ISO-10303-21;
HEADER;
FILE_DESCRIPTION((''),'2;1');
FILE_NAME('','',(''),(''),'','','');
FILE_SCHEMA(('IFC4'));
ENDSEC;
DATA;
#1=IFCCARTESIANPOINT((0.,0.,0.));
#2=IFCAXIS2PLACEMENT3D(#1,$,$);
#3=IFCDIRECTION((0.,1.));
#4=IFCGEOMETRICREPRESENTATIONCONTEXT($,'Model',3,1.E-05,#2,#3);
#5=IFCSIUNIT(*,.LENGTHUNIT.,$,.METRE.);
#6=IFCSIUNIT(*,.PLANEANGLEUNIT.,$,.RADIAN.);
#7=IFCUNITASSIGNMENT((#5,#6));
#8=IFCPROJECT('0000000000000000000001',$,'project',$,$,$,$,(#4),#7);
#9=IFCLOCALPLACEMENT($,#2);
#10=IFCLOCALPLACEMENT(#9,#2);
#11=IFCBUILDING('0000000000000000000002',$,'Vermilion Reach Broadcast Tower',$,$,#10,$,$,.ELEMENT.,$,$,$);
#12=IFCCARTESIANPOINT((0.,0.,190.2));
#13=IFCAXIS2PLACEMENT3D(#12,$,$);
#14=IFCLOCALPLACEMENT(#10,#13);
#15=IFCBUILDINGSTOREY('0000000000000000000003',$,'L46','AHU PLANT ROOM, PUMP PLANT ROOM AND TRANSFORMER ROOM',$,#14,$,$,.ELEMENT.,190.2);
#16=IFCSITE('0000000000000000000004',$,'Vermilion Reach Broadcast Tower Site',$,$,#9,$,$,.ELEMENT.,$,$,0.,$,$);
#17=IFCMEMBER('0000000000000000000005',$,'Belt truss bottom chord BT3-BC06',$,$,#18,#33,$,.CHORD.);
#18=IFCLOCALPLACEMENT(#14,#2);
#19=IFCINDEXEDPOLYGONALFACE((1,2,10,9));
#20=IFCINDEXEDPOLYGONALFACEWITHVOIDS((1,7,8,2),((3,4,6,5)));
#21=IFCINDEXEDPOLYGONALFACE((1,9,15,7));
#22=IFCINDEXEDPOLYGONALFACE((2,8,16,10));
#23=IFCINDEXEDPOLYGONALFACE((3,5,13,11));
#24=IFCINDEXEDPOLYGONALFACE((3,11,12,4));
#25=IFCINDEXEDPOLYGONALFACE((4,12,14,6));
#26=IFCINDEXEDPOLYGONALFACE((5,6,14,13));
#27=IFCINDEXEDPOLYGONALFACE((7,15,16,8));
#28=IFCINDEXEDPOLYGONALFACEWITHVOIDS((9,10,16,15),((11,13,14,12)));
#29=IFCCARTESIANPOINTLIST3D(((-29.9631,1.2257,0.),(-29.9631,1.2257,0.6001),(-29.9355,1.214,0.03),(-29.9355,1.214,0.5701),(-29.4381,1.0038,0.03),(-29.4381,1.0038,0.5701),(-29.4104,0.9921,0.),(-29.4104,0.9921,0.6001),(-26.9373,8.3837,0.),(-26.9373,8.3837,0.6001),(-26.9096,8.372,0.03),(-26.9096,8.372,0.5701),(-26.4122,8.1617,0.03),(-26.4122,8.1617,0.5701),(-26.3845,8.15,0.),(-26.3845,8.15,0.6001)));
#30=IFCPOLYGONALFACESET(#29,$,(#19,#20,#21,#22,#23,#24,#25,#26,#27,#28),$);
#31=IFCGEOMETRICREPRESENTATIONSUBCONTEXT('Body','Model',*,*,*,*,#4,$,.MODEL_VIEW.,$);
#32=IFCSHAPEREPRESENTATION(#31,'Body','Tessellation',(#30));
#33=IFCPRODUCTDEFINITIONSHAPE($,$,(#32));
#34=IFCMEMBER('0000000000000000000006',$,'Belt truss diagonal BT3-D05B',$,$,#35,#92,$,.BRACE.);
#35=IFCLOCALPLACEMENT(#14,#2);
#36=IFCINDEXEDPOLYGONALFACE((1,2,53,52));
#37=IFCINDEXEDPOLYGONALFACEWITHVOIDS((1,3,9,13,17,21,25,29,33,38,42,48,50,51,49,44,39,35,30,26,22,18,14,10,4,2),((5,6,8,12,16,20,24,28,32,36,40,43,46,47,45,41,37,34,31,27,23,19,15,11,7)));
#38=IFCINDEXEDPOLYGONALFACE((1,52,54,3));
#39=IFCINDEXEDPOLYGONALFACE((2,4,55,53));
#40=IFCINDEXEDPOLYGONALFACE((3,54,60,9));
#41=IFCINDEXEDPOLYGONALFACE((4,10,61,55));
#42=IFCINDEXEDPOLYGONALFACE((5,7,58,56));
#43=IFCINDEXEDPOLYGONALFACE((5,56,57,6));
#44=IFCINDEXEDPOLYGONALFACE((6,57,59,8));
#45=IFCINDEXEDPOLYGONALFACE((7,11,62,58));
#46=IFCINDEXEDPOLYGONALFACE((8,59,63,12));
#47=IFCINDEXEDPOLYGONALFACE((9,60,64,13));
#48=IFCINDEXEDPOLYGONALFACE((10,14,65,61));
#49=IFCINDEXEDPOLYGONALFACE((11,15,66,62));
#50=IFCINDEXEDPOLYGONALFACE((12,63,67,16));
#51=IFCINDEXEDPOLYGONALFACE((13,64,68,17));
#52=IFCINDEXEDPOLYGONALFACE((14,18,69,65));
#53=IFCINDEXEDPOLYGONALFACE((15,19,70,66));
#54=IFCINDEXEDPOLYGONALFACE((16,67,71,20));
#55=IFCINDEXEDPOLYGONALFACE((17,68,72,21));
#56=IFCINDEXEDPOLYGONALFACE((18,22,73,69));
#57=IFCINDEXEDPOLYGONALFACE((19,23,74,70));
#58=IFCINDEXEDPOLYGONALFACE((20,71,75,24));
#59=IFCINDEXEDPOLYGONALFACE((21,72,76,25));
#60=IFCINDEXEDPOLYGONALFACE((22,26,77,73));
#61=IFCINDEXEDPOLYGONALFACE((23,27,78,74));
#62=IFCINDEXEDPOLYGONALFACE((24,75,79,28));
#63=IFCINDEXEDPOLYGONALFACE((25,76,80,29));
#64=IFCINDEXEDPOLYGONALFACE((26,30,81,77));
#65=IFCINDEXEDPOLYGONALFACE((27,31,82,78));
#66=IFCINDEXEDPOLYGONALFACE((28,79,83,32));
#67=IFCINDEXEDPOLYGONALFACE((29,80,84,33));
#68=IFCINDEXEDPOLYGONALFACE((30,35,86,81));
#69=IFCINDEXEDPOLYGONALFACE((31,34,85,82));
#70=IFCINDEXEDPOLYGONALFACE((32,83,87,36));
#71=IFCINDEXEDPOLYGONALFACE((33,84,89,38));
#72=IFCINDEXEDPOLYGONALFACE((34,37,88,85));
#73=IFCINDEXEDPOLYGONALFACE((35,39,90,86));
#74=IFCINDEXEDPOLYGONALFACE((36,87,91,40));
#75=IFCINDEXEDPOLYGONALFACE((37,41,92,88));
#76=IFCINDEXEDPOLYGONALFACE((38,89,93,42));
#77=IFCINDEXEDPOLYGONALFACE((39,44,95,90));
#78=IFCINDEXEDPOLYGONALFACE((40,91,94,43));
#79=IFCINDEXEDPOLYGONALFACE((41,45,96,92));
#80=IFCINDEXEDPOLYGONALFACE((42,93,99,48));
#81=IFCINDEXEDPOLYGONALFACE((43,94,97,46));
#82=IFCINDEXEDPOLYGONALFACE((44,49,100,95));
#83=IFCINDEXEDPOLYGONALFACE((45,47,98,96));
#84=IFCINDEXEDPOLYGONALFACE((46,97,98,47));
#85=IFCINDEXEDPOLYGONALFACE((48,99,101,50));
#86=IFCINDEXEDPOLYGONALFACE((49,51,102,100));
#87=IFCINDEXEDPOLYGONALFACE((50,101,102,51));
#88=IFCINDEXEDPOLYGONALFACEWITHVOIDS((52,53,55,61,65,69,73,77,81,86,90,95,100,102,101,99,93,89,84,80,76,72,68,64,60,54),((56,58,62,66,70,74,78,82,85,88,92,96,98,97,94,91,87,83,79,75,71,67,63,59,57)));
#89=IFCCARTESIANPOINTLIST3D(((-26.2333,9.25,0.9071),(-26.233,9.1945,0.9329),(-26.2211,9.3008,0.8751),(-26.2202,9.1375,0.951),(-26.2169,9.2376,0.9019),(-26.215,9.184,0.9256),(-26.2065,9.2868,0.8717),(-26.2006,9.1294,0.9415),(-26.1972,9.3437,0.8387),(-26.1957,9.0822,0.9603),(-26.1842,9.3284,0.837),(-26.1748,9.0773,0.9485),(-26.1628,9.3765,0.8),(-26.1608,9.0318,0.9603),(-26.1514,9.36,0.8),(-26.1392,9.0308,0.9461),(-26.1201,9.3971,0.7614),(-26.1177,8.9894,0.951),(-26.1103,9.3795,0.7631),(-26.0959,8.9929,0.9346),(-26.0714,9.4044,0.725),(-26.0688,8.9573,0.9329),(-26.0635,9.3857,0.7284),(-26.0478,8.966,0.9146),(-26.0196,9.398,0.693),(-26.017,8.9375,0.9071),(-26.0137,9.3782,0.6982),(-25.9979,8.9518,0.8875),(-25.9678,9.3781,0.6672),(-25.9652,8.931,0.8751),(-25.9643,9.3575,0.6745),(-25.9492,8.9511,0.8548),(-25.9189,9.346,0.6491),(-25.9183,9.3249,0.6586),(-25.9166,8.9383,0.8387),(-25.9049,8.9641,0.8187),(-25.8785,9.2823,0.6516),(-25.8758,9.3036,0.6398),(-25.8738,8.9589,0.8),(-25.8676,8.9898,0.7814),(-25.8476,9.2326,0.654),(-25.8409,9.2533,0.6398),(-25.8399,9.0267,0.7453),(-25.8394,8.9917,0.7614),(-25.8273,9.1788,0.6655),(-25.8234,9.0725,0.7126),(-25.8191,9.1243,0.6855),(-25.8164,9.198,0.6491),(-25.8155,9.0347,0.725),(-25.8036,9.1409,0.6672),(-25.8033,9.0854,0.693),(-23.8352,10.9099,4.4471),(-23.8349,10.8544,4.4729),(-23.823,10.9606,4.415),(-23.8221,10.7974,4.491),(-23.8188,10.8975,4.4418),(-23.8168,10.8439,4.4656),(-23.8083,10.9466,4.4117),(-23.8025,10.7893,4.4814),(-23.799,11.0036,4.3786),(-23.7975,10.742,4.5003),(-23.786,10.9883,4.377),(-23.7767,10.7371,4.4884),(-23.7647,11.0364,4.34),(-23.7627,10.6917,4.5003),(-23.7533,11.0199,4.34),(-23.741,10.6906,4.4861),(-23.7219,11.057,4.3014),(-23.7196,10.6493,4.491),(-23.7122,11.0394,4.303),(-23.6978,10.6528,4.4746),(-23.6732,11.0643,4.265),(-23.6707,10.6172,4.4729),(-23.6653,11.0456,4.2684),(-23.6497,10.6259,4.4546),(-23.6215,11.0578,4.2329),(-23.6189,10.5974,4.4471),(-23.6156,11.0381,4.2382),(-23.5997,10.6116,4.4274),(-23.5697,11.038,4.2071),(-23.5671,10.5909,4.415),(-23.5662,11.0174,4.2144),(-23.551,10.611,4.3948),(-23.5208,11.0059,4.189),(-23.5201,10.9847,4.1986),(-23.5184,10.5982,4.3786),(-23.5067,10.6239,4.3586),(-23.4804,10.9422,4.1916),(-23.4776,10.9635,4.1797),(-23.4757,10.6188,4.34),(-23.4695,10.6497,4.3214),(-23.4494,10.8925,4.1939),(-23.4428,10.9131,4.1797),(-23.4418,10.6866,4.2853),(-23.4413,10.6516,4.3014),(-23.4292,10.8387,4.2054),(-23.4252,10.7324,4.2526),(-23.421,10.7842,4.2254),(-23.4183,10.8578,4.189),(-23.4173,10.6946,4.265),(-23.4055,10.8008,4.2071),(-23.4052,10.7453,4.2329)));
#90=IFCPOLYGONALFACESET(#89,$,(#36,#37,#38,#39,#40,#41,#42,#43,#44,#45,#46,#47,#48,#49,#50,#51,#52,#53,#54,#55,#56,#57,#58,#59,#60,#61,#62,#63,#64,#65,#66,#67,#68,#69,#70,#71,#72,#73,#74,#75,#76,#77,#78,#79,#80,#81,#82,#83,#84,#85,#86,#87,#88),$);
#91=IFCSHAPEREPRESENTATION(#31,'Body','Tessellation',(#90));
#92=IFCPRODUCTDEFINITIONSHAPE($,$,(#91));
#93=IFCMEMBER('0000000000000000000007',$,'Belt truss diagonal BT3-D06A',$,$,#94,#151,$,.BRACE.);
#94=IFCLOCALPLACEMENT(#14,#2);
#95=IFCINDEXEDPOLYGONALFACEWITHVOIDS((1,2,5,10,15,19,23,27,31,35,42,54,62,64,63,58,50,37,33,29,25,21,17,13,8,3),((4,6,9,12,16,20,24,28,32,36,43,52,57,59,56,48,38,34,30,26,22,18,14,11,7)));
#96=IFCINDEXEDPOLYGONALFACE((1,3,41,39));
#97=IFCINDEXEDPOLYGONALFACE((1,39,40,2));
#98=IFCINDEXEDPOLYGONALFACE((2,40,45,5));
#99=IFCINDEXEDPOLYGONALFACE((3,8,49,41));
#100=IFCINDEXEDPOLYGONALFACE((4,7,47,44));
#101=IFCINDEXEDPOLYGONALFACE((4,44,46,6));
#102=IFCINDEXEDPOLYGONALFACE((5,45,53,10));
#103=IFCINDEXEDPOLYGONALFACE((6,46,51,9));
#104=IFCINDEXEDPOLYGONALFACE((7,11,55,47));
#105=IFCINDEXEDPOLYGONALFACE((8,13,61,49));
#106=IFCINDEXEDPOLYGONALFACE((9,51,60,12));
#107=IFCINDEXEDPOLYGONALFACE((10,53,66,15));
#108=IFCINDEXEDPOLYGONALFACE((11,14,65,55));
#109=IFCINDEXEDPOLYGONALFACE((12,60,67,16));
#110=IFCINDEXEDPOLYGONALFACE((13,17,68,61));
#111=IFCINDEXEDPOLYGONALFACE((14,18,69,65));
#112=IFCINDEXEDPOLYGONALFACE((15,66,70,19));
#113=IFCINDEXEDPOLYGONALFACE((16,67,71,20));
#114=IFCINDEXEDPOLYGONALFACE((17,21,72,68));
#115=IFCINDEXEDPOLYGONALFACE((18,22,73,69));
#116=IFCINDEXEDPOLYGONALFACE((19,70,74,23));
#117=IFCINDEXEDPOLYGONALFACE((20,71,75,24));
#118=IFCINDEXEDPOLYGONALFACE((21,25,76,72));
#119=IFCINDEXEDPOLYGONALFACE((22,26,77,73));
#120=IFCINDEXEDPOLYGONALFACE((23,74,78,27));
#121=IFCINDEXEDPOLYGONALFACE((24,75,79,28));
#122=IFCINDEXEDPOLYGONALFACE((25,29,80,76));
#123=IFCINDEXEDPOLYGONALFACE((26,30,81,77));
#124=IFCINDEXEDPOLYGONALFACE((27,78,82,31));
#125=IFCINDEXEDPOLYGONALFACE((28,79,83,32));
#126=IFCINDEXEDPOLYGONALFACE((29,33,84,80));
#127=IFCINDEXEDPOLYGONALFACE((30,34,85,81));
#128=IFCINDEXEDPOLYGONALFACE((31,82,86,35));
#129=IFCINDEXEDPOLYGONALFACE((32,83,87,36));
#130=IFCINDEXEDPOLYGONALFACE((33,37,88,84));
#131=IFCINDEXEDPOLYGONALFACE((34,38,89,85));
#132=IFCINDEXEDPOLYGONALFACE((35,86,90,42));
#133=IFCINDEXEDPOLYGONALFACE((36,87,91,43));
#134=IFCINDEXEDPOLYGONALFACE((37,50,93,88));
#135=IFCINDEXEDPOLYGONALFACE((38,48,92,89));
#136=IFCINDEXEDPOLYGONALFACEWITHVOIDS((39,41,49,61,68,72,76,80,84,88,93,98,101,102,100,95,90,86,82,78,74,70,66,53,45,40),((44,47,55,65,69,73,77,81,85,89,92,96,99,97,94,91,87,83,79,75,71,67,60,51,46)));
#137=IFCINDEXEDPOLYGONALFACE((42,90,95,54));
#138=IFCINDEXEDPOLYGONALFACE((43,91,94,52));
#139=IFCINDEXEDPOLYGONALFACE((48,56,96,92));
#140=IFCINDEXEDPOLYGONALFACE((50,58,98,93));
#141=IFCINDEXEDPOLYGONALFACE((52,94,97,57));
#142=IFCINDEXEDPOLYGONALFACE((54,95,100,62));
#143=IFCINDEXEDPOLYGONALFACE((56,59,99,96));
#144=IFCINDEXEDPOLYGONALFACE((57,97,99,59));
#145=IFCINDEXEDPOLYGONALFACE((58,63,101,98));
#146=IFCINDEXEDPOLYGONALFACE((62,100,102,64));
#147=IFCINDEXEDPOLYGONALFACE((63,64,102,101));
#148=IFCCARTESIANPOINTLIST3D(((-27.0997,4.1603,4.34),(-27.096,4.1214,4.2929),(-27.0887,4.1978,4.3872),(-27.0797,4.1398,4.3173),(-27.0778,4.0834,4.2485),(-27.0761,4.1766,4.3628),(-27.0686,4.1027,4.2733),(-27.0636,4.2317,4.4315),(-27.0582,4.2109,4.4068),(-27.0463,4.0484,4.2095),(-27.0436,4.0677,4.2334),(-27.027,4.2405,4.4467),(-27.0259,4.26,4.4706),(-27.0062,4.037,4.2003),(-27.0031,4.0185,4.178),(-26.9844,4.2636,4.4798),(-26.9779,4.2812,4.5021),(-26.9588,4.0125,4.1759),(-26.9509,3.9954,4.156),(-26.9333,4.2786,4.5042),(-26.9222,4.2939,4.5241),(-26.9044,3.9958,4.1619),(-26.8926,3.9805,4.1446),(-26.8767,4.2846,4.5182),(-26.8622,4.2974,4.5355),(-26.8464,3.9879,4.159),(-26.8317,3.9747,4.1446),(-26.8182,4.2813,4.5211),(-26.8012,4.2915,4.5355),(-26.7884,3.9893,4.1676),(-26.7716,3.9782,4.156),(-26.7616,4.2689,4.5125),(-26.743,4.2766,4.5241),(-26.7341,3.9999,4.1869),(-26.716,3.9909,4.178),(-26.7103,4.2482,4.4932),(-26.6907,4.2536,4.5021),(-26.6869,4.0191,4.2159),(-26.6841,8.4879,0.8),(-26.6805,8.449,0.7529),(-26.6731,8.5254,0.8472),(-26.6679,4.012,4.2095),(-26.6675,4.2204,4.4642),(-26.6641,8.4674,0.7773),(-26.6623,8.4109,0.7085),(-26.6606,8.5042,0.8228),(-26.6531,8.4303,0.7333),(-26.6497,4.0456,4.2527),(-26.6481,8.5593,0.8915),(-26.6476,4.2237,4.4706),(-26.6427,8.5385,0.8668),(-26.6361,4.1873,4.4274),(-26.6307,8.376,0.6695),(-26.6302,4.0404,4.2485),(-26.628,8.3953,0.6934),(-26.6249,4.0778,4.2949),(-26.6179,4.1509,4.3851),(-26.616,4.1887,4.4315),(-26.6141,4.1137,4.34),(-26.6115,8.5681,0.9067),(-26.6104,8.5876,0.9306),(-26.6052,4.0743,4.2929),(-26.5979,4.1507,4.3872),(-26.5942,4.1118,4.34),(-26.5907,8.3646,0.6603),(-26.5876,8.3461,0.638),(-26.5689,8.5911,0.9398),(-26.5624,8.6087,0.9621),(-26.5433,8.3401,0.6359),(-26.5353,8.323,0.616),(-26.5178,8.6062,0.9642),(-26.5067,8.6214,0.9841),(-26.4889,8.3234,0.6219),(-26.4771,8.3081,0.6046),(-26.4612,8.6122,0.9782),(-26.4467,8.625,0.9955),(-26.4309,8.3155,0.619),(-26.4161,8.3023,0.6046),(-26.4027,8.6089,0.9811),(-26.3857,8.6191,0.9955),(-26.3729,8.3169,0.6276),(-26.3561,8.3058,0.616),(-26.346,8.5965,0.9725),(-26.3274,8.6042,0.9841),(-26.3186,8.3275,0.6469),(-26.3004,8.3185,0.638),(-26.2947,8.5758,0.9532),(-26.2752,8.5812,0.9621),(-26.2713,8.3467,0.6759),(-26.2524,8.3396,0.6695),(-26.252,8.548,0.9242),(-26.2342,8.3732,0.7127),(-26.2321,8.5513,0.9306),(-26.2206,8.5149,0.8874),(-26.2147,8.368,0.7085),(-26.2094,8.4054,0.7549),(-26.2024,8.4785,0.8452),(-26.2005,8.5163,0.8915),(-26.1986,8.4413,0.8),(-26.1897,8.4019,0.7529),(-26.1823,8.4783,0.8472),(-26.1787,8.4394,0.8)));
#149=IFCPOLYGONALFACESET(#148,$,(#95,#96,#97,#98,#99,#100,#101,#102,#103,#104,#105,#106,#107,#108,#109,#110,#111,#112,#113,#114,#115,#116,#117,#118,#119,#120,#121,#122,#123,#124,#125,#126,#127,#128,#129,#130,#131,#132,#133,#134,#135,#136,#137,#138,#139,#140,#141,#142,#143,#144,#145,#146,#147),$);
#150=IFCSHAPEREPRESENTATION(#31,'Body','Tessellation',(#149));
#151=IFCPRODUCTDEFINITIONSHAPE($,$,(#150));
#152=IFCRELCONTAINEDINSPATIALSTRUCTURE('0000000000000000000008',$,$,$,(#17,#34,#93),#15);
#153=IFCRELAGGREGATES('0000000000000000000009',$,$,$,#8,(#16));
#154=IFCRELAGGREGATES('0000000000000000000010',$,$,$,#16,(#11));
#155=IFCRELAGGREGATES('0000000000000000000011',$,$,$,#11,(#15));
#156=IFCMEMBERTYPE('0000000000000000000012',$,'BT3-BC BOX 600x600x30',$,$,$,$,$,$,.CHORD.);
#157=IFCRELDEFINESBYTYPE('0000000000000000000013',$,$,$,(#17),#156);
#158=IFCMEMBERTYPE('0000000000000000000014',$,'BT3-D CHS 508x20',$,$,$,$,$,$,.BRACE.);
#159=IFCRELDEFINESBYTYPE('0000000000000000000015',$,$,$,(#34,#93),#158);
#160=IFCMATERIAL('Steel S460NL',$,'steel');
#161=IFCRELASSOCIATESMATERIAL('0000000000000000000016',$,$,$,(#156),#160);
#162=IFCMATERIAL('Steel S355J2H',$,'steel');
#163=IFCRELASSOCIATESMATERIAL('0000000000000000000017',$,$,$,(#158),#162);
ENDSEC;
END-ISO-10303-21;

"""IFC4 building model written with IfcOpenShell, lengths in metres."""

from ifc_helpers import new_model, si_unit, direction, frame, origin, origin_2d, place, context, subcontext, project, spatial, hollow_rectangle, hollow_circle, extrude, material, material_profile, profile_set, type_object, element, save


model = new_model("IFC4")

# Units and contexts
model_context = context("Model", 3, precision=1e-05, world=origin(), true_north=direction((0.0, 1.0)))
body_context = subcontext(model_context, "Body", "Model", "MODEL_VIEW")
ifc_project = project(units=[si_unit("LENGTHUNIT", "METRE"), si_unit("PLANEANGLEUNIT", "RADIAN")], contexts=[model_context])

# Site, building, storey
site_placement = place(None, origin())
site = spatial("IfcSite", under=ifc_project, at=site_placement, Name="Vermilion Reach Broadcast Tower Site", CompositionType="ELEMENT", RefElevation=0.0)
building_placement = place(site_placement, origin())
building = spatial("IfcBuilding", under=site, at=building_placement, Name="Vermilion Reach Broadcast Tower", CompositionType="ELEMENT")
storey_placement = place(building_placement, frame((0.0, 0.0, 190.2)))
storey = spatial("IfcBuildingStorey", under=building, at=storey_placement, Name="L46", Description="AHU PLANT ROOM, PUMP PLANT ROOM AND TRANSFORMER ROOM", CompositionType="ELEMENT", Elevation=190.2)

# Members
ifc_material_1 = material(Name="Steel S460NL", Category="steel")
ifc_material_profile_1 = material_profile(ifc_material_1, hollow_rectangle(XDim=0.6001, YDim=0.6001, WallThickness=0.03, at=origin_2d()), Name="S460NL BOX 600x600x30")
ifc_profile_set_1 = profile_set([ifc_material_profile_1], Name="Steel S460NL")
member_type_1 = type_object("IfcMemberType", Name="BT3-BC BOX 600x600x30", PredefinedType="CHORD", material=ifc_profile_set_1)
member_1_placement = place(storey_placement, frame((-26.6609, 8.2668, 0.3), z_axis=(-0.389368, -0.921082, 0.0), x_axis=(0.921082, -0.389368, 0.0)))
element("IfcMember", 1, at=member_1_placement, inside=storey, type_object=member_type_1, Name="Belt truss bottom chord BT3-BC06", PredefinedType="CHORD", context=body_context, shape_type="SweptSolid", body=[
    extrude(hollow_rectangle(XDim=0.6001, YDim=0.6001, WallThickness=0.03, at=origin_2d()), origin(), (0.0, 0.0, 1.0), 7.7712),
])
ifc_material_2 = material(Name="Steel S355J2H", Category="steel")
ifc_material_profile_2 = material_profile(ifc_material_2, hollow_circle(Radius=0.2539, WallThickness=0.02, at=origin_2d()), Name="S355J2H CHS 508x20")
ifc_profile_set_2 = profile_set([ifc_material_profile_2], Name="Steel S355J2H")
member_type_2 = type_object("IfcMemberType", Name="BT3-D CHS 508x20", PredefinedType="BRACE", material=ifc_profile_set_2)
member_2_placement = place(storey_placement, frame((-26.0183, 9.1677, 0.8), z_axis=(0.522849, 0.361891, 0.771792), x_axis=(-0.569123, 0.822252, 0.0)))
element("IfcMember", 2, at=member_2_placement, inside=storey, type_object=member_type_2, Name="Belt truss diagonal BT3-D05B", PredefinedType="BRACE", context=body_context, shape_type="SweptSolid", body=[
    extrude(hollow_circle(Radius=0.2539, WallThickness=0.02, at=origin_2d()), origin(), (0.0, 0.0, 1.0), 4.5867),
])
member_3_placement = place(storey_placement, frame((-26.4314, 8.4636, 0.8), z_axis=(-0.074115, -0.771895, 0.631416), x_axis=(0.995422, -0.095578, 0.0)))
element("IfcMember", 3, at=member_3_placement, inside=storey, type_object=member_type_2, Name="Belt truss diagonal BT3-D06A", PredefinedType="BRACE", context=body_context, shape_type="SweptSolid", body=[
    extrude(hollow_circle(Radius=0.2539, WallThickness=0.02, at=origin_2d()), origin(), (0.0, 0.0, 1.0), 5.6064),
])

save(model, "model.ifc")
